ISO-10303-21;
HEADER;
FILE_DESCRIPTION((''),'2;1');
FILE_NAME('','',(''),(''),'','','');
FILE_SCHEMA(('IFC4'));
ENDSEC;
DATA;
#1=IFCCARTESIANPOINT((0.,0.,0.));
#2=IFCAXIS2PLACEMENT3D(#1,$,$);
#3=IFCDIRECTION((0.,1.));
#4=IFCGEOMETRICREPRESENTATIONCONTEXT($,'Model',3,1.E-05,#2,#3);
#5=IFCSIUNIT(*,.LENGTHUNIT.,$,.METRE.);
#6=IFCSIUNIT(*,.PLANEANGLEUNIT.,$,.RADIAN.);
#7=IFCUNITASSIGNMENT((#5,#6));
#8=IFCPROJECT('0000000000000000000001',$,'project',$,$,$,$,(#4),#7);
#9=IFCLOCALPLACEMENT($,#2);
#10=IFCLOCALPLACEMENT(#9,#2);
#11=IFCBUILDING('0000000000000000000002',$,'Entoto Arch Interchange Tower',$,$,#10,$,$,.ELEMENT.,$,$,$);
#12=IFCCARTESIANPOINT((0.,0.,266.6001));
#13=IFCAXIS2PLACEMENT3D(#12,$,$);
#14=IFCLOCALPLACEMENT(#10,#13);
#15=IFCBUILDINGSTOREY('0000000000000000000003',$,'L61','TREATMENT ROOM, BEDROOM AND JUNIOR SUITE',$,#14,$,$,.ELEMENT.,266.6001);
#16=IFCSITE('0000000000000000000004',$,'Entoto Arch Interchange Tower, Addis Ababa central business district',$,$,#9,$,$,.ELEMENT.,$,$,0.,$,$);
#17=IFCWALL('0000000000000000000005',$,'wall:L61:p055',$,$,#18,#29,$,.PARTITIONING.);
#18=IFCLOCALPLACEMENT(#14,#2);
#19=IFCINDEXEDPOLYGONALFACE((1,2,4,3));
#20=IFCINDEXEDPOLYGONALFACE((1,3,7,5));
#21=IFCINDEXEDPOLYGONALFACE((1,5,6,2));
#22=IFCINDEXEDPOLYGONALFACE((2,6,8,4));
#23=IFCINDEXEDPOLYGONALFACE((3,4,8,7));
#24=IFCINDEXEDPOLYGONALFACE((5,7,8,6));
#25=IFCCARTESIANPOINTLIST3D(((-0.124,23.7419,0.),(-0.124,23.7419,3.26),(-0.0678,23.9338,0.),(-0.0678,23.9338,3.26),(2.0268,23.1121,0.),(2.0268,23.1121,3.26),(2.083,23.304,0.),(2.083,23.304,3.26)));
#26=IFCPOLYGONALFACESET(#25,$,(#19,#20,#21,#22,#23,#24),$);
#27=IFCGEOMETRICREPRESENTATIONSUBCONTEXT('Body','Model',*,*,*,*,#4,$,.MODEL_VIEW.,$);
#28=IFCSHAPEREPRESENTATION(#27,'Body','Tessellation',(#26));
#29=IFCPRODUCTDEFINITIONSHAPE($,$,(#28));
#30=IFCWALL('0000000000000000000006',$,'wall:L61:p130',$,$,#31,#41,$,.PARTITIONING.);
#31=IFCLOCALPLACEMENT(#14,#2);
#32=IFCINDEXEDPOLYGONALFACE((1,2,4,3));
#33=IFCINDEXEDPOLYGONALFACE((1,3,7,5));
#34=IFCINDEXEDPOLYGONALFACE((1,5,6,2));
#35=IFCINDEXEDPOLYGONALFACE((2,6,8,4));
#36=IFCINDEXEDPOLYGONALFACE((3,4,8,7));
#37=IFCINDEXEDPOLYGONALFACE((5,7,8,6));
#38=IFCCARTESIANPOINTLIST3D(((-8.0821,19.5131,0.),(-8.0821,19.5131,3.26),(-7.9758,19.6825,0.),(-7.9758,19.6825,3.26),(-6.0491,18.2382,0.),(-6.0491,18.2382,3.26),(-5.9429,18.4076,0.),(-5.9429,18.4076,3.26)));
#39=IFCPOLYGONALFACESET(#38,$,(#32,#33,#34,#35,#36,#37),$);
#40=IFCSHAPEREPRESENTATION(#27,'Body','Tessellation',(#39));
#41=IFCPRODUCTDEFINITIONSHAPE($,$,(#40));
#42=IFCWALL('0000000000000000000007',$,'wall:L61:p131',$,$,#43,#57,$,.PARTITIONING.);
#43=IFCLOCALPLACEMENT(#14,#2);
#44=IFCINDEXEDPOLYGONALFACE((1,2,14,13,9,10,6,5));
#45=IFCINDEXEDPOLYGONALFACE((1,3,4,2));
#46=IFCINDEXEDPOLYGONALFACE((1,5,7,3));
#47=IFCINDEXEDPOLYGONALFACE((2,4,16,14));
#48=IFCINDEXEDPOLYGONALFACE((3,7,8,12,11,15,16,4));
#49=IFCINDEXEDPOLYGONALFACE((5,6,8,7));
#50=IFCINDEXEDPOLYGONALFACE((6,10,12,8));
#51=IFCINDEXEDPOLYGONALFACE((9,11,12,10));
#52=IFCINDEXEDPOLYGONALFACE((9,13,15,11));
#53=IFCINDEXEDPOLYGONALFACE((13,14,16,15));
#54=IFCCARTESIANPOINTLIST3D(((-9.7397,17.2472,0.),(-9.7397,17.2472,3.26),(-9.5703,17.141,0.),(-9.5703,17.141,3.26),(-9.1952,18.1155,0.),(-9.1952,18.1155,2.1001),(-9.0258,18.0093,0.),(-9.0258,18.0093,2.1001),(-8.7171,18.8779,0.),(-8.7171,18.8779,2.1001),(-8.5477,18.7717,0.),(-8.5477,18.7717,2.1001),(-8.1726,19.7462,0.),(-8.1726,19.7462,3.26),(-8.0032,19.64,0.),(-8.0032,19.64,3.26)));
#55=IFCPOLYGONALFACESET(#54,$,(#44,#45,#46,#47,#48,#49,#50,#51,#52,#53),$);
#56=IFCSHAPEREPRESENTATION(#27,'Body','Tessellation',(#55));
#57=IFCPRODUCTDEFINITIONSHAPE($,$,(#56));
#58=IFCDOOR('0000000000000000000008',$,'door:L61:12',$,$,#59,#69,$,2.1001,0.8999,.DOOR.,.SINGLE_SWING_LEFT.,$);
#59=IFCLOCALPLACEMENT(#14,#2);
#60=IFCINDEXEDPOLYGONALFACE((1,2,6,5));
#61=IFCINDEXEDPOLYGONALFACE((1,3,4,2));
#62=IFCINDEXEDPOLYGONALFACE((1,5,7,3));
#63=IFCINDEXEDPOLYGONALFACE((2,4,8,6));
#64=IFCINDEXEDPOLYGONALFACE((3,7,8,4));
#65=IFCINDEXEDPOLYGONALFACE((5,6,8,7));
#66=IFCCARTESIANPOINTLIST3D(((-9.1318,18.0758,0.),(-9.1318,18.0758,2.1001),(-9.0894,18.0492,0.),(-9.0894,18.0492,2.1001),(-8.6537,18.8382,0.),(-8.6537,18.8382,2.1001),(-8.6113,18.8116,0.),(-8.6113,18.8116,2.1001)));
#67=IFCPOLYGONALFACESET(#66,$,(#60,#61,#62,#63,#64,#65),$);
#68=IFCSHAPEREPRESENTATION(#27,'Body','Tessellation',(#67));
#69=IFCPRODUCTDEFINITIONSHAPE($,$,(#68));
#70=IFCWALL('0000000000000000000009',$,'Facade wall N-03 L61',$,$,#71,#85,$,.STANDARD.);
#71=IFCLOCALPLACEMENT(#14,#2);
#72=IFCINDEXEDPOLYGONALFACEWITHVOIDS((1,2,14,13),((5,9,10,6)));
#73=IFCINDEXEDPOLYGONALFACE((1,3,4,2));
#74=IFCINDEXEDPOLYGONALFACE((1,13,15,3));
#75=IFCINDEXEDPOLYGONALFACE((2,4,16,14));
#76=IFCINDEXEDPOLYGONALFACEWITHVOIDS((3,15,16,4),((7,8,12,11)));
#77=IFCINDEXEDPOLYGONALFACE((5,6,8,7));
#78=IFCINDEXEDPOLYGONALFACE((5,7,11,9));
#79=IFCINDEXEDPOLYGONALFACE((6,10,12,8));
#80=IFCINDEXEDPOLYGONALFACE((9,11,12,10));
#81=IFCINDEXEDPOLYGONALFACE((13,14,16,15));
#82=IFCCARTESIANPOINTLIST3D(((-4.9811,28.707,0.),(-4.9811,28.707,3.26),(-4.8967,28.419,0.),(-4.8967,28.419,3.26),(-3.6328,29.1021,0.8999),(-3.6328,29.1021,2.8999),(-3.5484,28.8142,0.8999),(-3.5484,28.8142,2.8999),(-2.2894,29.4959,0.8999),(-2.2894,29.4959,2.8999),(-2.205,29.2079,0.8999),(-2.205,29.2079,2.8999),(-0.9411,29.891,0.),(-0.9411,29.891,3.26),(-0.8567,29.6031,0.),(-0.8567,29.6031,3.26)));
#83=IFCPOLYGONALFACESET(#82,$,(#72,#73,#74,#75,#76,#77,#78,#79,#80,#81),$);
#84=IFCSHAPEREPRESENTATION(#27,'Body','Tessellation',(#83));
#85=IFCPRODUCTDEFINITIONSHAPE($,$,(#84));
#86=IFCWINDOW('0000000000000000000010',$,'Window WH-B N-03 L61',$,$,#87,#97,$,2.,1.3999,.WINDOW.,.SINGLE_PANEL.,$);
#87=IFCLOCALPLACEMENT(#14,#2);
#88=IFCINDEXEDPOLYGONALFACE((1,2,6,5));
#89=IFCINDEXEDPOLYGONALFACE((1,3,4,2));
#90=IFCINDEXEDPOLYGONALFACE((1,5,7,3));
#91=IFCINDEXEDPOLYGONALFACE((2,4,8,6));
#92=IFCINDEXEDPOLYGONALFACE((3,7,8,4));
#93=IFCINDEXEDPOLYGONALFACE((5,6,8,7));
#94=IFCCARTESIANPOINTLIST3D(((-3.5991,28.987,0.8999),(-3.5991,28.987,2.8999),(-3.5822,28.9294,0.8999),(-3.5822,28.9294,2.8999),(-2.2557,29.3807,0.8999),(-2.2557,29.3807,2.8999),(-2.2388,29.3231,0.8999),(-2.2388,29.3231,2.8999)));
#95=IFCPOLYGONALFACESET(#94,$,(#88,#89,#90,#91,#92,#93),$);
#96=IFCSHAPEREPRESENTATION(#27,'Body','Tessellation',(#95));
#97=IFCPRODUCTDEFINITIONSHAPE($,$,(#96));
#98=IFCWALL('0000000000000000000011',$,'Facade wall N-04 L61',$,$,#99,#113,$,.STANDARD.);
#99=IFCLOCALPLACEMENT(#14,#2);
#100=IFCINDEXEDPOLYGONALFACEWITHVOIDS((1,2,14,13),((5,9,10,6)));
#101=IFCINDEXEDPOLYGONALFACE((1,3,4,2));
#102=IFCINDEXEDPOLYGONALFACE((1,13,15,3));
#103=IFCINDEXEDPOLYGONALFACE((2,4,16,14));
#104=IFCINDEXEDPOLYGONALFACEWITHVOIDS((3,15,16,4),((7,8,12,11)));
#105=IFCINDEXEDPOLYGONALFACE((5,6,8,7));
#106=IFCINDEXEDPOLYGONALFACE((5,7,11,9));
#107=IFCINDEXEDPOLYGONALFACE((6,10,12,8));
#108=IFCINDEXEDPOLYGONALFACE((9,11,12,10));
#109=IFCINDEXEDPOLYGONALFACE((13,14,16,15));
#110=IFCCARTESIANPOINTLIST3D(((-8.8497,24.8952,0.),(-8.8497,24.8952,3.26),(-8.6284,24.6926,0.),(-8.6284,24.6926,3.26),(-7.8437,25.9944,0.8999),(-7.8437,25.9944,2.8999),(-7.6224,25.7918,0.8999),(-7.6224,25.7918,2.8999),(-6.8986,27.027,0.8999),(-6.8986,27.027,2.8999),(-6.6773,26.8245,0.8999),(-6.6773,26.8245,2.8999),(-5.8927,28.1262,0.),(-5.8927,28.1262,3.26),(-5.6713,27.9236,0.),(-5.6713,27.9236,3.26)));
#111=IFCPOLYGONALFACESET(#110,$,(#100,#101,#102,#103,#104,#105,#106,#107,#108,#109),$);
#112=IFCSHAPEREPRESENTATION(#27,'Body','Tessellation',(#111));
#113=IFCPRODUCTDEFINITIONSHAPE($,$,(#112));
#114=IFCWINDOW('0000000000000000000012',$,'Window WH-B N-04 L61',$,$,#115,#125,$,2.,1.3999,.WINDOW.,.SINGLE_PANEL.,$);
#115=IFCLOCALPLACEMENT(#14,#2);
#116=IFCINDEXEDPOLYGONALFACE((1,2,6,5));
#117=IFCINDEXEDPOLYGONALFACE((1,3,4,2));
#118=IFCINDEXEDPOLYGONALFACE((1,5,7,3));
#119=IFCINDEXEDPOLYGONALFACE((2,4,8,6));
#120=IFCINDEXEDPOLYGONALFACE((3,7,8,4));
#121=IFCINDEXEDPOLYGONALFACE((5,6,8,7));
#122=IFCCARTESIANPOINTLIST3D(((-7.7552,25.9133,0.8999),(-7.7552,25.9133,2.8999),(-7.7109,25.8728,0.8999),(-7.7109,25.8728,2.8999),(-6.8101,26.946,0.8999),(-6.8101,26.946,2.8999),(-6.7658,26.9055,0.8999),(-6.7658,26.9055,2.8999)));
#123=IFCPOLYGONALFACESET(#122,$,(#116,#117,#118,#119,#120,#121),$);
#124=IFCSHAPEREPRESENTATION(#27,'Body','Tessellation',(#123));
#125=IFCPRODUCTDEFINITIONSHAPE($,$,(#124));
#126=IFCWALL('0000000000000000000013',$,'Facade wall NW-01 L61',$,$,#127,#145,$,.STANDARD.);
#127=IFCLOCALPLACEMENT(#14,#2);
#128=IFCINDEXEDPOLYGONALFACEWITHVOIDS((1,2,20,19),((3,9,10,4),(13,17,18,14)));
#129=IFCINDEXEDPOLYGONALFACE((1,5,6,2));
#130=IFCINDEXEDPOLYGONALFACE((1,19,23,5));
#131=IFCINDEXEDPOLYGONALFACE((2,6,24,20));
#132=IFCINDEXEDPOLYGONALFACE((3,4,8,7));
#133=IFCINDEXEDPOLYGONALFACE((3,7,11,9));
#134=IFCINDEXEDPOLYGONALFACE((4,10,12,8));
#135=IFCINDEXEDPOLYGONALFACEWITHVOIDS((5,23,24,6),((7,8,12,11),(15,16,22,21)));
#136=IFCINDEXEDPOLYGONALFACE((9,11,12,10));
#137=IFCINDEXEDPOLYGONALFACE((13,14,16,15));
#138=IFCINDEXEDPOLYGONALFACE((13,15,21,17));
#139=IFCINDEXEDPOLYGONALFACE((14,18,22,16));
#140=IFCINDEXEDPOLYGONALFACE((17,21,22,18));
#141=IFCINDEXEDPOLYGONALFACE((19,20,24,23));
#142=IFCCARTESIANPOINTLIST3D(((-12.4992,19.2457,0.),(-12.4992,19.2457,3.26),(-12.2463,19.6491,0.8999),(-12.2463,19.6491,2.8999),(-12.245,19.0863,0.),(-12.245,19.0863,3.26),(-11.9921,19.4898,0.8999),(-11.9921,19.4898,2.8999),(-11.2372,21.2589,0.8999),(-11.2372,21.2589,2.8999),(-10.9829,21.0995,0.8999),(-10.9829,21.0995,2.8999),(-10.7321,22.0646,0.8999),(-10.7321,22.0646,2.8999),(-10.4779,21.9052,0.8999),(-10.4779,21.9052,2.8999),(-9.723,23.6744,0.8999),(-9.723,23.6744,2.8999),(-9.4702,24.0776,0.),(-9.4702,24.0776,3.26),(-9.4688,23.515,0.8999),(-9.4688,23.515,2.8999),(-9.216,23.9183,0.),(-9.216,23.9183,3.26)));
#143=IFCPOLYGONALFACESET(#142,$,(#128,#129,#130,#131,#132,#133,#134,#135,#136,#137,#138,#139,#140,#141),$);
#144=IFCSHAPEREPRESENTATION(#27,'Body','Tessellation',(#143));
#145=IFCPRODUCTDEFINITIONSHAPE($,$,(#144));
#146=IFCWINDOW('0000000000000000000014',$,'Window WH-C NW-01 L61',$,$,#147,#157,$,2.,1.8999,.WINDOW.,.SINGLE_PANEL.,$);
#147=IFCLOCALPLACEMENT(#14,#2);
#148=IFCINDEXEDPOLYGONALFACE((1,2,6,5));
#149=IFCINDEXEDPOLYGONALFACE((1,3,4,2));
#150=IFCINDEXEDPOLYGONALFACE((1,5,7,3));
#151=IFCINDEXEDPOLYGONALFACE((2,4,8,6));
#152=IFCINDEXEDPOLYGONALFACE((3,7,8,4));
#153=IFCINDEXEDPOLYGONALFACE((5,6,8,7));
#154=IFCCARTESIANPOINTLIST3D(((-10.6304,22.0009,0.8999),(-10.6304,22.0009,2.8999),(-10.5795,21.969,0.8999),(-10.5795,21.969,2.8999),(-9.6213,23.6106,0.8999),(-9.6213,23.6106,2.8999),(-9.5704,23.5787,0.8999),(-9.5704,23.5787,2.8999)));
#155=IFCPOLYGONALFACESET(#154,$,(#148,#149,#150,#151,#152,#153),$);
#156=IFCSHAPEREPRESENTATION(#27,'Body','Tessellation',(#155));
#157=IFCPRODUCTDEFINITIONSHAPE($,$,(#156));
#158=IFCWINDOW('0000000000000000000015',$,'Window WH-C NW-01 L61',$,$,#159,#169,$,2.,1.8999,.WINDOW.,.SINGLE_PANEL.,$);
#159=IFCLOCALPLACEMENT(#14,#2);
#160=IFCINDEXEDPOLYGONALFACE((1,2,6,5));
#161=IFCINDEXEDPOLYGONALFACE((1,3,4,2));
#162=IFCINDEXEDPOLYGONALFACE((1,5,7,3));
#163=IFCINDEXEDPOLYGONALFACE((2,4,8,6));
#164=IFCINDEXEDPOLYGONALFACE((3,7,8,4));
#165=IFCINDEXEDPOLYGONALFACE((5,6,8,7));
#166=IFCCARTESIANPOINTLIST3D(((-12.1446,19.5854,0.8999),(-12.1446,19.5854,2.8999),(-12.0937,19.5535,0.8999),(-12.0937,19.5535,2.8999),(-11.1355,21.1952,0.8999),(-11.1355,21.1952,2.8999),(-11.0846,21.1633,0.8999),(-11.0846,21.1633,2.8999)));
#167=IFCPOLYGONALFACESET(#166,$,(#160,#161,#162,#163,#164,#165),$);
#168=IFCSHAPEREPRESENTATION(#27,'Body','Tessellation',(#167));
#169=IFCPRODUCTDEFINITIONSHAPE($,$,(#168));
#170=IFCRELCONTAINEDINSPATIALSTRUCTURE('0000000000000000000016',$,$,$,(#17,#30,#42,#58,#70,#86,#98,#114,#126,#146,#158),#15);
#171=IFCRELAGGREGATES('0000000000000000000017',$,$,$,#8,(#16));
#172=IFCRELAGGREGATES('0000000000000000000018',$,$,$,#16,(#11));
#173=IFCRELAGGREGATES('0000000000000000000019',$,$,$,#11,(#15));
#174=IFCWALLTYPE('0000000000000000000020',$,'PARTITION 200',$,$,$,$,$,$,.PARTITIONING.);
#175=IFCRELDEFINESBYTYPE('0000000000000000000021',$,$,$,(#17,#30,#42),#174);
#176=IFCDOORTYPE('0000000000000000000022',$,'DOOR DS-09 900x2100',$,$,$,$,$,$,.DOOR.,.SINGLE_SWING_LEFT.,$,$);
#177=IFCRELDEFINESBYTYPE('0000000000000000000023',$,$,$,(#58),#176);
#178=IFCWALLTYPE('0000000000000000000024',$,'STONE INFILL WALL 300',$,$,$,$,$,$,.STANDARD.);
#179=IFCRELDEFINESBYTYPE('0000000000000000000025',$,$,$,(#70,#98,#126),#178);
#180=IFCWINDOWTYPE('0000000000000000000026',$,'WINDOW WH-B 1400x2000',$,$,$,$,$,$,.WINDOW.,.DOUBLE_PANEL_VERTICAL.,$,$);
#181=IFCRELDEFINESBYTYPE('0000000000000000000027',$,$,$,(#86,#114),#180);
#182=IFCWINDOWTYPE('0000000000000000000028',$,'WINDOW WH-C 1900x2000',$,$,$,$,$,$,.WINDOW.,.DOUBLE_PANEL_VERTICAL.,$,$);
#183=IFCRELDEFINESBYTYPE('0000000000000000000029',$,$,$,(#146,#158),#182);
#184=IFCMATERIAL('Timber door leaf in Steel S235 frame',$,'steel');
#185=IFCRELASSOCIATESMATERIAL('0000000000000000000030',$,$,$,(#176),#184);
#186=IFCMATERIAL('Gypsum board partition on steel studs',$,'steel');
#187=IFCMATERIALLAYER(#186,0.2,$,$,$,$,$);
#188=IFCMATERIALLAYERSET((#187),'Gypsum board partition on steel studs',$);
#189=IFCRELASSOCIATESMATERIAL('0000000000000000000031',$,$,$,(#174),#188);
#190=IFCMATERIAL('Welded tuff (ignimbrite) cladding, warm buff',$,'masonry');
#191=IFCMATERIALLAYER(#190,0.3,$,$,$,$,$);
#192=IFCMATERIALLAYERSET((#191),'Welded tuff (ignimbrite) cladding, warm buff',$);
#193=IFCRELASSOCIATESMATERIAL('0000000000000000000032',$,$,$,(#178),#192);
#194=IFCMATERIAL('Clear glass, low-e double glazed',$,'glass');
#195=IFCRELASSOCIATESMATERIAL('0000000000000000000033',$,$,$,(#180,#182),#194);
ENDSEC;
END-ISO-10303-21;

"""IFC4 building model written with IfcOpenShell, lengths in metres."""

from ifc_helpers import new_model, si_unit, direction, frame, frame_2d, origin, place, context, subcontext, project, spatial, rectangle, extrude, material, layer, layer_set, type_object, element, fill, save


model = new_model("IFC4")

# Units and contexts
model_context = context("Model", 3, precision=1e-05, world=origin(), true_north=direction((0.0, 1.0)))
body_context = subcontext(model_context, "Body", "Model", "MODEL_VIEW")
ifc_project = project(units=[si_unit("LENGTHUNIT", "METRE"), si_unit("PLANEANGLEUNIT", "RADIAN")], contexts=[model_context])

# Site, building, storey
site_placement = place(None, origin())
site = spatial("IfcSite", under=ifc_project, at=site_placement, Name="Entoto Arch Interchange Tower, Addis Ababa central business district", CompositionType="ELEMENT", RefElevation=0.0)
building_placement = place(site_placement, origin())
building = spatial("IfcBuilding", under=site, at=building_placement, Name="Entoto Arch Interchange Tower", CompositionType="ELEMENT")
storey_placement = place(building_placement, frame((0.0, 0.0, 266.6001)))
storey = spatial("IfcBuildingStorey", under=building, at=storey_placement, Name="L61", Description="TREATMENT ROOM, BEDROOM AND JUNIOR SUITE", CompositionType="ELEMENT", Elevation=266.6001)

# Shared definitions
ifc_material_1 = material(Name="Gypsum board partition on steel studs", Category="steel")
ifc_material_2 = material(Name="Timber door leaf in Steel S235 frame", Category="steel")
door_type_1 = type_object("IfcDoorType", Name="DOOR DS-09 900x2100", OperationType="SINGLE_SWING_LEFT", PredefinedType="DOOR", material=ifc_material_2)

# Shared definitions
ifc_layer_1 = layer(ifc_material_1, 0.2)
ifc_layer_set_1 = layer_set([ifc_layer_1], Name="Gypsum board partition on steel studs")
wall_type_1 = type_object("IfcWallType", Name="PARTITION 200", PredefinedType="PARTITIONING", material=ifc_layer_set_1)

# Walls
wall_1_placement = place(storey_placement, frame((-0.0959, 23.8379, 0.0), z_axis=(0.0, 0.0, 1.0), x_axis=(0.959694, -0.281046, 0.0)))
element("IfcWall", 1, at=wall_1_placement, inside=storey, type_object=wall_type_1, Name="wall:L61:p055", PredefinedType="PARTITIONING", context=body_context, shape_type="SweptSolid", body=[
    extrude(rectangle(XDim=2.2412, YDim=0.2, at=frame_2d((1.1206, 0.0))), origin(), (0.0, 0.0, 1.0), 3.26),
])
wall_2_placement = place(storey_placement, frame((-5.9961, 18.323, 0.0), z_axis=(0.0, 0.0, 1.0), x_axis=(-0.847191, 0.531288, 0.0)))
element("IfcWall", 2, at=wall_2_placement, inside=storey, type_object=wall_type_1, Name="wall:L61:p130", PredefinedType="PARTITIONING", context=body_context, shape_type="SweptSolid", body=[
    extrude(rectangle(XDim=2.3997, YDim=0.2, at=frame_2d((1.1997, 0.0))), origin(), (0.0, 0.0, 1.0), 3.26),
])

# Wall, opening, door
wall_3_placement = place(storey_placement, frame((-8.0879, 19.6931, 0.0), z_axis=(0.0, 0.0, 1.0), x_axis=(-0.531278, -0.847198, 0.0)))
wall_3 = element("IfcWall", 3, at=wall_3_placement, inside=storey, type_object=wall_type_1, Name="wall:L61:p131", PredefinedType="PARTITIONING", context=body_context, shape_type="SweptSolid", body=[
    extrude(rectangle(XDim=2.9497, YDim=0.2, at=frame_2d((1.4749, 0.0))), origin(), (0.0, 0.0, 1.0), 3.26),
])
opening_1_placement = place(wall_3_placement, frame((1.0249, 0.0, 0.0)))
opening_1 = element("IfcOpeningElement", 4, at=opening_1_placement, cuts=wall_3, PredefinedType="OPENING", context=body_context, shape_type="SweptSolid", body=[
    extrude(rectangle(XDim=0.8999, YDim=2.1001, at=frame_2d((0.45, 1.05))), frame((0.0, 0.1099, 0.0), z_axis=(0.0, -1.0, 0.0), x_axis=(1.0, 0.0, 0.0)), (0.0, 0.0, 1.0), 0.22),
])
door_1_placement = place(opening_1_placement, origin())
door_1 = element("IfcDoor", 5, at=door_1_placement, inside=storey, type_object=door_type_1, Name="door:L61:12", OperationType="SINGLE_SWING_LEFT", OverallHeight=2.1001, OverallWidth=0.8999, PredefinedType="DOOR", context=body_context, shape_type="SweptSolid", body=[
    extrude(rectangle(XDim=0.8999, YDim=2.1001, at=frame_2d((0.45, 1.05))), frame((0.0, 0.0249, 0.0), z_axis=(0.0, -1.0, 0.0), x_axis=(1.0, 0.0, 0.0)), (0.0, 0.0, 1.0), 0.05),
])
fill(opening_1, door_1)

# Walls, openings, windows
ifc_material_3 = material(Name="Welded tuff (ignimbrite) cladding, warm buff", Category="masonry")
ifc_layer_2 = layer(ifc_material_3, 0.3)
ifc_layer_set_2 = layer_set([ifc_layer_2], Name="Welded tuff (ignimbrite) cladding, warm buff")
wall_type_2 = type_object("IfcWallType", Name="STONE INFILL WALL 300", PredefinedType="STANDARD", material=ifc_layer_set_2)
wall_4_placement = place(storey_placement, frame((-0.8989, 29.7471, 0.0), z_axis=(0.0, 0.0, 1.0), x_axis=(-0.959633, -0.281256, 0.0)))
wall_4 = element("IfcWall", 6, at=wall_4_placement, inside=storey, type_object=wall_type_2, Name="Facade wall N-03 L61", PredefinedType="STANDARD", context=body_context, shape_type="SweptSolid", body=[
    extrude(rectangle(XDim=4.21, YDim=0.3, at=frame_2d((2.105, 0.0))), origin(), (0.0, 0.0, 1.0), 3.26),
])
opening_2_placement = place(wall_4_placement, frame((1.405, 0.0, 0.8999)))
opening_2 = element("IfcOpeningElement", 7, at=opening_2_placement, cuts=wall_4, PredefinedType="OPENING", context=body_context, shape_type="SweptSolid", body=[
    extrude(rectangle(XDim=1.3999, YDim=2.0, at=frame_2d((0.7, 1.0))), frame((0.0, 0.1602, 0.0), z_axis=(0.0, -1.0, 0.0), x_axis=(1.0, 0.0, 0.0)), (0.0, 0.0, 1.0), 0.3201),
])
ifc_material_4 = material(Name="Clear glass, low-e double glazed", Category="glass")
window_type_1 = type_object("IfcWindowType", Name="WINDOW WH-B 1400x2000", PartitioningType="DOUBLE_PANEL_VERTICAL", PredefinedType="WINDOW", material=ifc_material_4)
window_1_placement = place(opening_2_placement, origin())
window_1 = element("IfcWindow", 8, at=window_1_placement, inside=storey, type_object=window_type_1, Name="Window WH-B N-03 L61", OverallHeight=2.0, OverallWidth=1.3999, PartitioningType="SINGLE_PANEL", PredefinedType="WINDOW", context=body_context, shape_type="SweptSolid", body=[
    extrude(rectangle(XDim=1.3999, YDim=2.0, at=frame_2d((0.7, 1.0))), frame((0.0, 0.03, 0.0), z_axis=(0.0, -1.0, 0.0), x_axis=(1.0, 0.0, 0.0)), (0.0, 0.0, 1.0), 0.0601),
])
fill(opening_2, window_1)
wall_5_placement = place(storey_placement, frame((-5.782, 28.0249, 0.0), z_axis=(0.0, 0.0, 1.0), x_axis=(-0.675144, -0.737686, 0.0)))
wall_5 = element("IfcWall", 9, at=wall_5_placement, inside=storey, type_object=wall_type_2, Name="Facade wall N-04 L61", PredefinedType="STANDARD", context=body_context, shape_type="SweptSolid", body=[
    extrude(rectangle(XDim=4.3799, YDim=0.3, at=frame_2d((2.1899, 0.0))), origin(), (0.0, 0.0, 1.0), 3.26),
])
opening_3_placement = place(wall_5_placement, frame((1.49, 0.0, 0.8999)))
opening_3 = element("IfcOpeningElement", 10, at=opening_3_placement, cuts=wall_5, PredefinedType="OPENING", context=body_context, shape_type="SweptSolid", body=[
    extrude(rectangle(XDim=1.3999, YDim=2.0, at=frame_2d((0.7, 1.0))), frame((0.0, 0.1602, 0.0), z_axis=(0.0, -1.0, 0.0), x_axis=(1.0, 0.0, 0.0)), (0.0, 0.0, 1.0), 0.3201),
])
window_2_placement = place(opening_3_placement, origin())
window_2 = element("IfcWindow", 11, at=window_2_placement, inside=storey, type_object=window_type_1, Name="Window WH-B N-04 L61", OverallHeight=2.0, OverallWidth=1.3999, PartitioningType="SINGLE_PANEL", PredefinedType="WINDOW", context=body_context, shape_type="SweptSolid", body=[
    extrude(rectangle(XDim=1.3999, YDim=2.0, at=frame_2d((0.7, 1.0))), frame((0.0, 0.03, 0.0), z_axis=(0.0, -1.0, 0.0), x_axis=(1.0, 0.0, 0.0)), (0.0, 0.0, 1.0), 0.0601),
])
fill(opening_3, window_2)

# Wall, openings, windows
wall_6_placement = place(storey_placement, frame((-9.343, 23.998, 0.0), z_axis=(0.0, 0.0, 1.0), x_axis=(-0.531137, -0.847286, 0.0)))
wall_6 = element("IfcWall", 12, at=wall_6_placement, inside=storey, type_object=wall_type_2, Name="Facade wall NW-01 L61", PredefinedType="STANDARD", context=body_context, shape_type="SweptSolid", body=[
    extrude(rectangle(XDim=5.7029, YDim=0.3, at=frame_2d((2.8516, 0.0))), origin(), (0.0, 0.0, 1.0), 3.26),
])
opening_4_placement = place(wall_6_placement, frame((0.4761, 0.0, 0.8999)))
opening_4 = element("IfcOpeningElement", 13, at=opening_4_placement, cuts=wall_6, PredefinedType="OPENING", context=body_context, shape_type="SweptSolid", body=[
    extrude(rectangle(XDim=1.8999, YDim=2.0, at=frame_2d((0.95, 1.0))), frame((0.0, 0.1602, 0.0), z_axis=(0.0, -1.0, 0.0), x_axis=(1.0, 0.0, 0.0)), (0.0, 0.0, 1.0), 0.3201),
])
opening_5_placement = place(wall_6_placement, frame((3.3269, 0.0, 0.8999)))
opening_5 = element("IfcOpeningElement", 14, at=opening_5_placement, cuts=wall_6, PredefinedType="OPENING", context=body_context, shape_type="SweptSolid", body=[
    extrude(rectangle(XDim=1.8999, YDim=2.0, at=frame_2d((0.95, 1.0))), frame((0.0, 0.1602, 0.0), z_axis=(0.0, -1.0, 0.0), x_axis=(1.0, 0.0, 0.0)), (0.0, 0.0, 1.0), 0.3201),
])
window_type_2 = type_object("IfcWindowType", Name="WINDOW WH-C 1900x2000", PartitioningType="DOUBLE_PANEL_VERTICAL", PredefinedType="WINDOW", material=ifc_material_4)
window_3_placement = place(opening_4_placement, origin())
window_3 = element("IfcWindow", 15, at=window_3_placement, inside=storey, type_object=window_type_2, Name="Window WH-C NW-01 L61", OverallHeight=2.0, OverallWidth=1.8999, PartitioningType="SINGLE_PANEL", PredefinedType="WINDOW", context=body_context, shape_type="SweptSolid", body=[
    extrude(rectangle(XDim=1.8999, YDim=2.0, at=frame_2d((0.95, 1.0))), frame((0.0, 0.03, 0.0), z_axis=(0.0, -1.0, 0.0), x_axis=(1.0, 0.0, 0.0)), (0.0, 0.0, 1.0), 0.0601),
])
fill(opening_4, window_3)
window_4_placement = place(opening_5_placement, origin())
window_4 = element("IfcWindow", 16, at=window_4_placement, inside=storey, type_object=window_type_2, Name="Window WH-C NW-01 L61", OverallHeight=2.0, OverallWidth=1.8999, PartitioningType="SINGLE_PANEL", PredefinedType="WINDOW", context=body_context, shape_type="SweptSolid", body=[
    extrude(rectangle(XDim=1.8999, YDim=2.0, at=frame_2d((0.95, 1.0))), frame((0.0, 0.03, 0.0), z_axis=(0.0, -1.0, 0.0), x_axis=(1.0, 0.0, 0.0)), (0.0, 0.0, 1.0), 0.0601),
])
fill(opening_5, window_4)

save(model, "model.ifc")
